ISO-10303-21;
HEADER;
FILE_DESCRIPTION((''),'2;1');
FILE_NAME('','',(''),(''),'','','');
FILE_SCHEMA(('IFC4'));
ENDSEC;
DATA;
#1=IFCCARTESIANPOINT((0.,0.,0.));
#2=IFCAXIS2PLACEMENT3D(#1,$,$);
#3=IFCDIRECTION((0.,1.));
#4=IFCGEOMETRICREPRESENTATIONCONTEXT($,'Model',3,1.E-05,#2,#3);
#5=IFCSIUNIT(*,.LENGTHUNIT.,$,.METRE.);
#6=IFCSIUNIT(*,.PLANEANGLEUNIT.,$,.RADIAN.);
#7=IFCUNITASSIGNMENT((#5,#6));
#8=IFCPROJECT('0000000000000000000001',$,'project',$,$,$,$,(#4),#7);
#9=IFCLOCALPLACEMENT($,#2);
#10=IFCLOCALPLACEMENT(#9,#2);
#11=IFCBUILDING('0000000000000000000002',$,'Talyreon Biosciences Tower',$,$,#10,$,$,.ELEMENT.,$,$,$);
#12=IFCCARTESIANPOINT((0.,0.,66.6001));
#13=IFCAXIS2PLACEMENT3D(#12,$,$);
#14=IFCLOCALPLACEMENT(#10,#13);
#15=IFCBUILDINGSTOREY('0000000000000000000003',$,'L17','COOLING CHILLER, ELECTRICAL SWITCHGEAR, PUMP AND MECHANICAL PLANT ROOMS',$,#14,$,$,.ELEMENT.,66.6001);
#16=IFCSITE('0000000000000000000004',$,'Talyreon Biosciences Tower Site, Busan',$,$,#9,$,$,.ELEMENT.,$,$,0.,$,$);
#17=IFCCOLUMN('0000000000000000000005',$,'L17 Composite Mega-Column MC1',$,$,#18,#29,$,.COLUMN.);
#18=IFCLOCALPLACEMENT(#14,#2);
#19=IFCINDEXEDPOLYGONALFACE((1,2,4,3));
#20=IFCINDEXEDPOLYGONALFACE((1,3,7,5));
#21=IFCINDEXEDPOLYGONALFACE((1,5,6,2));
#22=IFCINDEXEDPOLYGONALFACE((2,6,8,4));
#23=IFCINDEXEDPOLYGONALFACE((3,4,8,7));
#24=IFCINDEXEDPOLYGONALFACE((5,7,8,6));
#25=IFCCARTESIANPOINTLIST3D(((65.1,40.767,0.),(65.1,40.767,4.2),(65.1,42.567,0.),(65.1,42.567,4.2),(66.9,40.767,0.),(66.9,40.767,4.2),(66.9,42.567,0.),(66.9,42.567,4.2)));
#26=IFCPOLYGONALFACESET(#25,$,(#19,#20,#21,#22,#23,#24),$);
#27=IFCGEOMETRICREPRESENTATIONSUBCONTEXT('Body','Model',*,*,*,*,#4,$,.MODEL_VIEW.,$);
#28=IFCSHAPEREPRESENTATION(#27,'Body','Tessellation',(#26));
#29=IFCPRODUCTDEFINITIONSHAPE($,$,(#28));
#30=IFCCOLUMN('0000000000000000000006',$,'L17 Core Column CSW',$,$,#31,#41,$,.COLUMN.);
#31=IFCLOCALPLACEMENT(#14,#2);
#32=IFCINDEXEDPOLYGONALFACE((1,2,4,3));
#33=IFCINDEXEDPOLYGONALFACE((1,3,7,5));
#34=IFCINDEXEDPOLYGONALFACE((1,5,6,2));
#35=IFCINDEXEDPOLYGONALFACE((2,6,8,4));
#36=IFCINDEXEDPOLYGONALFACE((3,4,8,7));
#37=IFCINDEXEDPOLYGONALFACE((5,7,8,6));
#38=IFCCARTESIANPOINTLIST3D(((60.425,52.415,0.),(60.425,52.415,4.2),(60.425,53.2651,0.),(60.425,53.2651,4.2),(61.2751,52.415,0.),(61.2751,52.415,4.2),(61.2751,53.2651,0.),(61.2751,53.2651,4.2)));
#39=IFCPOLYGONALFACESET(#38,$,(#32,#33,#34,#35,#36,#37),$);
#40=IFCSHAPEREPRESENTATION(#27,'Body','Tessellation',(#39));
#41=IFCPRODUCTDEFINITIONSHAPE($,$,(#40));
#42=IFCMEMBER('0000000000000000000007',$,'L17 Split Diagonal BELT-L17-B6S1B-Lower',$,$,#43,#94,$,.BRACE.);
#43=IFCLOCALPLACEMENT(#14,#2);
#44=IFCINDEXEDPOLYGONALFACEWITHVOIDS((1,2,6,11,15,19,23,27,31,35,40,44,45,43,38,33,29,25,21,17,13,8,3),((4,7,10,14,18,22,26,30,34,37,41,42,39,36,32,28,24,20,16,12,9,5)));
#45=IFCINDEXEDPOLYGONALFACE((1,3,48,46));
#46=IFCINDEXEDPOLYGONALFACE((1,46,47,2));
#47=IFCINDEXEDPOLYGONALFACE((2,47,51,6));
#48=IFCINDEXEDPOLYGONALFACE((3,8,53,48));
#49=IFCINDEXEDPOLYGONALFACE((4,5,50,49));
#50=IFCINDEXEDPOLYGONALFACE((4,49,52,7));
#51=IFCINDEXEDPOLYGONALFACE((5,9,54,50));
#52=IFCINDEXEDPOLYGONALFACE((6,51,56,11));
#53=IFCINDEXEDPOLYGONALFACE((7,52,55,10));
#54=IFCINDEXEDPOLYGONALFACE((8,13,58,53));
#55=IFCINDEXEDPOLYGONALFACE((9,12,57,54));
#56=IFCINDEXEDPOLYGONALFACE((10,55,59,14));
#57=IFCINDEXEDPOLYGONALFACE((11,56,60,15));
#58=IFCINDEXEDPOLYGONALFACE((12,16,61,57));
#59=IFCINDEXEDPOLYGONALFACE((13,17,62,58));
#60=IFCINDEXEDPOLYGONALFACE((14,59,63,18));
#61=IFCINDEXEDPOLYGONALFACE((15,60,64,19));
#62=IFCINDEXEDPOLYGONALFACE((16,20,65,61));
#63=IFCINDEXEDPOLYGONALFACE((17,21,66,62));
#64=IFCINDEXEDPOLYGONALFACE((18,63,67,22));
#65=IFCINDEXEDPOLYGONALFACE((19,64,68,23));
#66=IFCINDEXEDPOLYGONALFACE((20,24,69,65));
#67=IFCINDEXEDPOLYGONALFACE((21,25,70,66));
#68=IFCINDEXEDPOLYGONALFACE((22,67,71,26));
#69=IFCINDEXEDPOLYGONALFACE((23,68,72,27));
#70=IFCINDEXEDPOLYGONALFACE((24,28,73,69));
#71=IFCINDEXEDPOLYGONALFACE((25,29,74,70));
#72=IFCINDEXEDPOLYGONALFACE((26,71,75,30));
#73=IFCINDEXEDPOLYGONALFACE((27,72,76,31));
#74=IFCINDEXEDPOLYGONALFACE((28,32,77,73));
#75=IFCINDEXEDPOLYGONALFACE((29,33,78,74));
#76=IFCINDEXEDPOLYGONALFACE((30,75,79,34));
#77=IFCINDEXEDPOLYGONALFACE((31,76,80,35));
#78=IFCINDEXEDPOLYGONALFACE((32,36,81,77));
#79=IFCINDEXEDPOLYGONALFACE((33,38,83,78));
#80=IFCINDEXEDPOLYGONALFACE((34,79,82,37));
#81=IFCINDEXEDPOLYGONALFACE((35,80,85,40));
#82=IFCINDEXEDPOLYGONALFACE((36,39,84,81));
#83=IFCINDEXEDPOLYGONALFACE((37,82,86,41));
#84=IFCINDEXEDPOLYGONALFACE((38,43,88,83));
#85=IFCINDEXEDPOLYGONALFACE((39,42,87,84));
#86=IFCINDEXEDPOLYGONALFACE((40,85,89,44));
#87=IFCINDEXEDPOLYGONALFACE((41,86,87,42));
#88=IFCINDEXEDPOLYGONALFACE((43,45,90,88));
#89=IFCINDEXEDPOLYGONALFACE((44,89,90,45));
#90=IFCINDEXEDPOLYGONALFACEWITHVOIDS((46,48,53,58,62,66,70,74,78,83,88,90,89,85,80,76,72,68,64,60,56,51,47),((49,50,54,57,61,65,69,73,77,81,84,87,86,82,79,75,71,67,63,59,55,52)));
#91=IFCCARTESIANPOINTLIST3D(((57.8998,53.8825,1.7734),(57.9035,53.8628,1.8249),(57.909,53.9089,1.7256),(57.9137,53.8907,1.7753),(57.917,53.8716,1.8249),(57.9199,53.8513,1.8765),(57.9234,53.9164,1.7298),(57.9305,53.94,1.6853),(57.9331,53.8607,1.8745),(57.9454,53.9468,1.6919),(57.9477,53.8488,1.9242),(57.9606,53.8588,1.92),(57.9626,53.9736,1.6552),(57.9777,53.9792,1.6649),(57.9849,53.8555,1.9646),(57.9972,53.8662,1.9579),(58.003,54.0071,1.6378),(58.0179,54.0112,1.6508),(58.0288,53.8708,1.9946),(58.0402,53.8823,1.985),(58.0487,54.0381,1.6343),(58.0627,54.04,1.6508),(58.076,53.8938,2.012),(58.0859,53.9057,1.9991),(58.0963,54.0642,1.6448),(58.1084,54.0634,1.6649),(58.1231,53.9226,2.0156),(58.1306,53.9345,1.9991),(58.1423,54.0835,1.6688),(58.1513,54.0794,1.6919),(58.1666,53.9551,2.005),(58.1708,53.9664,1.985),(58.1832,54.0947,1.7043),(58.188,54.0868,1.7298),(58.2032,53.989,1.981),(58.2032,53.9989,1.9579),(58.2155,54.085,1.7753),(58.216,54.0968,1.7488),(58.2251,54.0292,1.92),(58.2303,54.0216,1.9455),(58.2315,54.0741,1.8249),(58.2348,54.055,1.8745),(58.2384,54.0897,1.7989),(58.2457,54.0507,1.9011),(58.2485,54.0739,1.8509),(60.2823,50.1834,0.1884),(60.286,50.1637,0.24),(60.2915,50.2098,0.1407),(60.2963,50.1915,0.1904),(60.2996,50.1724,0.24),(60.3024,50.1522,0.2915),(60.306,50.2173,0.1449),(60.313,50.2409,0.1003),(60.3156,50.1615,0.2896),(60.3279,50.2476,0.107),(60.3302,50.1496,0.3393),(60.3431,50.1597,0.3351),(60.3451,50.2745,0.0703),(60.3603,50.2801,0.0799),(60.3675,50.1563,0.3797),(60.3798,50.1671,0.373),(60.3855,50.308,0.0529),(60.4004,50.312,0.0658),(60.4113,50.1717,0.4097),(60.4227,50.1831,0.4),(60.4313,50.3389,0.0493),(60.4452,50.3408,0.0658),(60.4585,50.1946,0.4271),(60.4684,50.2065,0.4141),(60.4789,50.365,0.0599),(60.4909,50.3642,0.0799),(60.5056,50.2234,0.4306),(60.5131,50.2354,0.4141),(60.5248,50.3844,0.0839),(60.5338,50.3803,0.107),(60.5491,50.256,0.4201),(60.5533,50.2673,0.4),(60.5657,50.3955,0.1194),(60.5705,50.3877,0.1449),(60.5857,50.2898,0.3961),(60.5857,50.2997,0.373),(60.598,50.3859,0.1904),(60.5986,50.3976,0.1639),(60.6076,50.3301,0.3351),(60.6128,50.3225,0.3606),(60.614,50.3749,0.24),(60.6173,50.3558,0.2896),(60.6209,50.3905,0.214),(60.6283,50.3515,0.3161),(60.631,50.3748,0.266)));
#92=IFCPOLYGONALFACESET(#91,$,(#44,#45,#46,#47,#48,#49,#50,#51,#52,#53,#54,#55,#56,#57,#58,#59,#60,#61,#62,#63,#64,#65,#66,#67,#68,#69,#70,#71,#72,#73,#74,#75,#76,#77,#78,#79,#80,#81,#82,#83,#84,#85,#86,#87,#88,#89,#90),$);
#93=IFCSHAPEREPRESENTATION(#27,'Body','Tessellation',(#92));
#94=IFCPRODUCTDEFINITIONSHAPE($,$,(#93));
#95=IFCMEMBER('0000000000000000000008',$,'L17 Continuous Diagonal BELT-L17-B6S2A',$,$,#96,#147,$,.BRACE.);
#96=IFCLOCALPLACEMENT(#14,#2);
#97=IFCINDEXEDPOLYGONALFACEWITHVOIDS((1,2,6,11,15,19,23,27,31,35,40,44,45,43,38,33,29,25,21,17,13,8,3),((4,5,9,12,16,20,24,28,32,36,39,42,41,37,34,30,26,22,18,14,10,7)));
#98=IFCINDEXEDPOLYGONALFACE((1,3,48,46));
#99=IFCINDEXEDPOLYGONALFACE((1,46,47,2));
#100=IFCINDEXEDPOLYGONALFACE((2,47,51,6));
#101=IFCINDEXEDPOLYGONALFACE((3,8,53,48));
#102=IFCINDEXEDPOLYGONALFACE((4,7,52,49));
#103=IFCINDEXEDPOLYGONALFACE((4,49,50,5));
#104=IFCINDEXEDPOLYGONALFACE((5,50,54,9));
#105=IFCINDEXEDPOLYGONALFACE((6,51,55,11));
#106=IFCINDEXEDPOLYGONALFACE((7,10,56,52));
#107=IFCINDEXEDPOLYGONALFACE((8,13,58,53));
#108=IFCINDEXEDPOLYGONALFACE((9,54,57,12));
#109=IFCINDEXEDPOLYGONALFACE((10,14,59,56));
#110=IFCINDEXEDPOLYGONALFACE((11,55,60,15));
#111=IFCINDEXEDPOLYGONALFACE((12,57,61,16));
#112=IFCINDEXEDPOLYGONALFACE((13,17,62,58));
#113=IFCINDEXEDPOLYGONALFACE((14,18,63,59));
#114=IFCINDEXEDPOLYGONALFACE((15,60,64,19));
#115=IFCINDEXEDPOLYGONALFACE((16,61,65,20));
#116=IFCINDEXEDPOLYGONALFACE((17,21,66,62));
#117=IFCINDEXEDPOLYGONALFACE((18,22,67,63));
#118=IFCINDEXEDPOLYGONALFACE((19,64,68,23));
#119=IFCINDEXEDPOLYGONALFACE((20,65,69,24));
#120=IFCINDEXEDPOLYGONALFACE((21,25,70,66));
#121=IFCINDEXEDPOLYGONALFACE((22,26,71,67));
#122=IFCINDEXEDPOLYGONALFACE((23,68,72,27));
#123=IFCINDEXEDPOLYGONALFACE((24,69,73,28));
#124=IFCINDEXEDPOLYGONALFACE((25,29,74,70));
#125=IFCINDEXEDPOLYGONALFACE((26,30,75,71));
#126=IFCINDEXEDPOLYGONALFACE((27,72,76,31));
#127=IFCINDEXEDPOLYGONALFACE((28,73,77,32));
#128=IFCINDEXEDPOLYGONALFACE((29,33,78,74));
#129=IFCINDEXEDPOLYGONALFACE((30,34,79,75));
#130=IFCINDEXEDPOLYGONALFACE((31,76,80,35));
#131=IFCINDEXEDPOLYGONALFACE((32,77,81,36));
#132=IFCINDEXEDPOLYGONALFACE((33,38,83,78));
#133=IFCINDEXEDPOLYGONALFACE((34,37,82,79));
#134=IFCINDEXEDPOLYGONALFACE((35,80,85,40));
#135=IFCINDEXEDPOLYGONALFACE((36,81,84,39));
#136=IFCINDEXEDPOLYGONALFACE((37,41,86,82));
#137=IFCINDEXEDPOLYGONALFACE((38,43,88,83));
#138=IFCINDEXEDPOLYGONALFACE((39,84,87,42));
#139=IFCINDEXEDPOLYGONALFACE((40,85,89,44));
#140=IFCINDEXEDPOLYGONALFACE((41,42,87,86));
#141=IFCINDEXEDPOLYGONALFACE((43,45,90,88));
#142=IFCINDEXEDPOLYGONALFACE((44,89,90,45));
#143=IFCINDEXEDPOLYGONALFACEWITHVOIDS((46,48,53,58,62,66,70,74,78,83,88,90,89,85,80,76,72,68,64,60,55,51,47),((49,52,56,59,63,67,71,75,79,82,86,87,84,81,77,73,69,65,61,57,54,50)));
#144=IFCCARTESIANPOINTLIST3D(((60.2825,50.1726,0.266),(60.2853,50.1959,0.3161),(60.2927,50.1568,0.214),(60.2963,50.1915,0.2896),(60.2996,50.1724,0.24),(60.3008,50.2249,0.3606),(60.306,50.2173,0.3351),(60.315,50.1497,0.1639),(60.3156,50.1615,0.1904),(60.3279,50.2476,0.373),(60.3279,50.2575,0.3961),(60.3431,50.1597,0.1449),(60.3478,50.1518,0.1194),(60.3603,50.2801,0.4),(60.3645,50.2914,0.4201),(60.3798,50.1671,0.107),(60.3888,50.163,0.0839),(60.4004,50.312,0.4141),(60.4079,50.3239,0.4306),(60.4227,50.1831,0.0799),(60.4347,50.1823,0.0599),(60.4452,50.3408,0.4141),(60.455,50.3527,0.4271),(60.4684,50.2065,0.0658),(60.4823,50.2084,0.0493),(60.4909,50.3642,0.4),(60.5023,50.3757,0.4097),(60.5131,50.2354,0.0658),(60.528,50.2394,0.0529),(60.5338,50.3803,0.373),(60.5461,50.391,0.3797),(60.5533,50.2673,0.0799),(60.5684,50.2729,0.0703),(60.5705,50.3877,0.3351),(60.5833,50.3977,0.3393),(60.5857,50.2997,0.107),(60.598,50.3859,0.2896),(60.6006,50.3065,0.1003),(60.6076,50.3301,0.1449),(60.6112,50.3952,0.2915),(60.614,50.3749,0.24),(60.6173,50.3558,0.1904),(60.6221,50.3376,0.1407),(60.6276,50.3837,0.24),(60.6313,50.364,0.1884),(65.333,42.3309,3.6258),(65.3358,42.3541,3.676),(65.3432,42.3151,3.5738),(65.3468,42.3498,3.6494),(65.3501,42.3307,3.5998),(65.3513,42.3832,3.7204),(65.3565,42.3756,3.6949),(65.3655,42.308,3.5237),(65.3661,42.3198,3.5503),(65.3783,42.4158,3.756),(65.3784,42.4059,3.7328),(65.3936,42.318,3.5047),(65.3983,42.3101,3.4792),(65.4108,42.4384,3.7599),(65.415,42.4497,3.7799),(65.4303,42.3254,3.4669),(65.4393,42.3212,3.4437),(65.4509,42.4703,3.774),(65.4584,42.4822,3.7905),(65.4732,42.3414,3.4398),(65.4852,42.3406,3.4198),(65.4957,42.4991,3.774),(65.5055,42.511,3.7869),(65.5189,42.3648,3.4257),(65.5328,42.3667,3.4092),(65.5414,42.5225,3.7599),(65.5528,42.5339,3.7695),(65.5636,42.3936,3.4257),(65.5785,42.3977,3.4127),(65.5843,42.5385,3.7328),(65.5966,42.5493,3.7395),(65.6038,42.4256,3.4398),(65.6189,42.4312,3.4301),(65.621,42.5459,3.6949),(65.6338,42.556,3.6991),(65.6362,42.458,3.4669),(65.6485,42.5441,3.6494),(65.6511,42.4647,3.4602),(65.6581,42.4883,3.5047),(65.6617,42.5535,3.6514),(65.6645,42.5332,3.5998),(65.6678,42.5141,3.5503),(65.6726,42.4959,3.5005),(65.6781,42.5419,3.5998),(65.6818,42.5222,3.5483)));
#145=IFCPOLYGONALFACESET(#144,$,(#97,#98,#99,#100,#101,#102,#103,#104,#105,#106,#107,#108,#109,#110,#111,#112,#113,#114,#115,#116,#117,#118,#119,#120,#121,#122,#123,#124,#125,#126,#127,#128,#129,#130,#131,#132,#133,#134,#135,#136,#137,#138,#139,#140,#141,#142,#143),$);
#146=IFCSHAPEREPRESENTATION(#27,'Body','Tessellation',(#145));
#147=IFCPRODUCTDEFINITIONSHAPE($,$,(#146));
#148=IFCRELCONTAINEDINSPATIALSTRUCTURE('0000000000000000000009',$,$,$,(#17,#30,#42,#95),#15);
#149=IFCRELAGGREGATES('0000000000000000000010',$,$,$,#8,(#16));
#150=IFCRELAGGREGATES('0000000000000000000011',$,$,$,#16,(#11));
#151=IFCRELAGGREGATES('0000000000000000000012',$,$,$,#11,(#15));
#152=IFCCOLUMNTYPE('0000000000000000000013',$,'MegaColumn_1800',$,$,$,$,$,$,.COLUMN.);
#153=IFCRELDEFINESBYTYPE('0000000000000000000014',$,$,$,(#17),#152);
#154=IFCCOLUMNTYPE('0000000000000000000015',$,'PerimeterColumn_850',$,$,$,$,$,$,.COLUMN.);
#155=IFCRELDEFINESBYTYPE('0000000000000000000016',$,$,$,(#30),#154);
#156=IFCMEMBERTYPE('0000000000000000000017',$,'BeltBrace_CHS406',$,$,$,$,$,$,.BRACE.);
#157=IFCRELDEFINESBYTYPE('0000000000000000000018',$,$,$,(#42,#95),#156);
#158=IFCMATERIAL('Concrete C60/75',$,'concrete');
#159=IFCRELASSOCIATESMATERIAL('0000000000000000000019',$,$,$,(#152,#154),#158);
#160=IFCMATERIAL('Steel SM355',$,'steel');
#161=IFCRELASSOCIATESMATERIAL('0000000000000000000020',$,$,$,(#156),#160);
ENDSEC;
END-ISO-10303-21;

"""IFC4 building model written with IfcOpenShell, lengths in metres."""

from ifc_helpers import new_model, si_unit, direction, frame, origin, origin_2d, place, context, subcontext, project, spatial, rectangle, hollow_circle, extrude, material, material_profile, profile_set, type_object, element, save


model = new_model("IFC4")

# Units and contexts
model_context = context("Model", 3, precision=1e-05, world=origin(), true_north=direction((0.0, 1.0)))
body_context = subcontext(model_context, "Body", "Model", "MODEL_VIEW")
ifc_project = project(units=[si_unit("LENGTHUNIT", "METRE"), si_unit("PLANEANGLEUNIT", "RADIAN")], contexts=[model_context])

# Site, building, storey
site_placement = place(None, origin())
site = spatial("IfcSite", under=ifc_project, at=site_placement, Name="Talyreon Biosciences Tower Site, Busan", CompositionType="ELEMENT", RefElevation=0.0)
building_placement = place(site_placement, origin())
building = spatial("IfcBuilding", under=site, at=building_placement, Name="Talyreon Biosciences Tower", CompositionType="ELEMENT")
storey_placement = place(building_placement, frame((0.0, 0.0, 66.6001)))
storey = spatial("IfcBuildingStorey", under=building, at=storey_placement, Name="L17", Description="COOLING CHILLER, ELECTRICAL SWITCHGEAR, PUMP AND MECHANICAL PLANT ROOMS", CompositionType="ELEMENT", Elevation=66.6001)

# Columns
ifc_material_1 = material(Name="Concrete C60/75", Category="concrete")
ifc_material_profile_1 = material_profile(ifc_material_1, rectangle(XDim=1.8, YDim=1.8, at=origin_2d()), Name="RC 1800x1800")
ifc_profile_set_1 = profile_set([ifc_material_profile_1], Name="Concrete C60/75")
column_type_1 = type_object("IfcColumnType", Name="MegaColumn_1800", PredefinedType="COLUMN", material=ifc_profile_set_1)
column_1_placement = place(storey_placement, frame((66.0, 41.667, 0.0), z_axis=(0.0, 0.0, 1.0), x_axis=(1.0, 0.0, 0.0)))
element("IfcColumn", 1, at=column_1_placement, inside=storey, type_object=column_type_1, Name="L17 Composite Mega-Column MC1", PredefinedType="COLUMN", context=body_context, shape_type="SweptSolid", body=[
    extrude(rectangle(XDim=1.8, YDim=1.8, at=origin_2d()), origin(), (0.0, 0.0, 1.0), 4.2),
])
ifc_material_profile_2 = material_profile(ifc_material_1, rectangle(XDim=0.8501, YDim=0.8501, at=origin_2d()), Name="RC 850x850")
ifc_profile_set_2 = profile_set([ifc_material_profile_2], Name="Concrete C60/75")
column_type_2 = type_object("IfcColumnType", Name="PerimeterColumn_850", PredefinedType="COLUMN", material=ifc_profile_set_2)
column_2_placement = place(storey_placement, frame((60.8501, 52.8401, 0.0), z_axis=(0.0, 0.0, 1.0), x_axis=(1.0, 0.0, 0.0)))
element("IfcColumn", 2, at=column_2_placement, inside=storey, type_object=column_type_2, Name="L17 Core Column CSW", PredefinedType="COLUMN", context=body_context, shape_type="SweptSolid", body=[
    extrude(rectangle(XDim=0.8501, YDim=0.8501, at=origin_2d()), origin(), (0.0, 0.0, 1.0), 4.2),
])

# Members
ifc_material_2 = material(Name="Steel SM355", Category="steel")
ifc_material_profile_3 = material_profile(ifc_material_2, hollow_circle(Radius=0.2031, WallThickness=0.0161, at=origin_2d()), Name="CHS 406.4x16")
ifc_profile_set_3 = profile_set([ifc_material_profile_3], Name="Steel SM355")
member_type_1 = type_object("IfcMemberType", Name="BeltBrace_CHS406", PredefinedType="BRACE", material=ifc_profile_set_3)
member_1_placement = place(storey_placement, frame((60.4568, 50.2737, 0.24), z_axis=(-0.509438, 0.790963, 0.338895), x_axis=(-0.840713, -0.541481, 0.0)))
element("IfcMember", 3, at=member_1_placement, inside=storey, type_object=member_type_1, Name="L17 Split Diagonal BELT-L17-B6S1B-Lower", PredefinedType="BRACE", context=body_context, shape_type="SweptSolid", body=[
    extrude(hollow_circle(Radius=0.2031, WallThickness=0.0161, at=origin_2d()), origin(), (0.0, 0.0, 1.0), 4.6768),
])
member_2_placement = place(storey_placement, frame((60.4568, 50.2737, 0.24), z_axis=(0.509427, -0.79097, 0.338896), x_axis=(0.840721, 0.541469, 0.0)))
element("IfcMember", 4, at=member_2_placement, inside=storey, type_object=member_type_1, Name="L17 Continuous Diagonal BELT-L17-B6S2A", PredefinedType="BRACE", context=body_context, shape_type="SweptSolid", body=[
    extrude(hollow_circle(Radius=0.2031, WallThickness=0.0161, at=origin_2d()), origin(), (0.0, 0.0, 1.0), 9.9141),
])

save(model, "model.ifc")
